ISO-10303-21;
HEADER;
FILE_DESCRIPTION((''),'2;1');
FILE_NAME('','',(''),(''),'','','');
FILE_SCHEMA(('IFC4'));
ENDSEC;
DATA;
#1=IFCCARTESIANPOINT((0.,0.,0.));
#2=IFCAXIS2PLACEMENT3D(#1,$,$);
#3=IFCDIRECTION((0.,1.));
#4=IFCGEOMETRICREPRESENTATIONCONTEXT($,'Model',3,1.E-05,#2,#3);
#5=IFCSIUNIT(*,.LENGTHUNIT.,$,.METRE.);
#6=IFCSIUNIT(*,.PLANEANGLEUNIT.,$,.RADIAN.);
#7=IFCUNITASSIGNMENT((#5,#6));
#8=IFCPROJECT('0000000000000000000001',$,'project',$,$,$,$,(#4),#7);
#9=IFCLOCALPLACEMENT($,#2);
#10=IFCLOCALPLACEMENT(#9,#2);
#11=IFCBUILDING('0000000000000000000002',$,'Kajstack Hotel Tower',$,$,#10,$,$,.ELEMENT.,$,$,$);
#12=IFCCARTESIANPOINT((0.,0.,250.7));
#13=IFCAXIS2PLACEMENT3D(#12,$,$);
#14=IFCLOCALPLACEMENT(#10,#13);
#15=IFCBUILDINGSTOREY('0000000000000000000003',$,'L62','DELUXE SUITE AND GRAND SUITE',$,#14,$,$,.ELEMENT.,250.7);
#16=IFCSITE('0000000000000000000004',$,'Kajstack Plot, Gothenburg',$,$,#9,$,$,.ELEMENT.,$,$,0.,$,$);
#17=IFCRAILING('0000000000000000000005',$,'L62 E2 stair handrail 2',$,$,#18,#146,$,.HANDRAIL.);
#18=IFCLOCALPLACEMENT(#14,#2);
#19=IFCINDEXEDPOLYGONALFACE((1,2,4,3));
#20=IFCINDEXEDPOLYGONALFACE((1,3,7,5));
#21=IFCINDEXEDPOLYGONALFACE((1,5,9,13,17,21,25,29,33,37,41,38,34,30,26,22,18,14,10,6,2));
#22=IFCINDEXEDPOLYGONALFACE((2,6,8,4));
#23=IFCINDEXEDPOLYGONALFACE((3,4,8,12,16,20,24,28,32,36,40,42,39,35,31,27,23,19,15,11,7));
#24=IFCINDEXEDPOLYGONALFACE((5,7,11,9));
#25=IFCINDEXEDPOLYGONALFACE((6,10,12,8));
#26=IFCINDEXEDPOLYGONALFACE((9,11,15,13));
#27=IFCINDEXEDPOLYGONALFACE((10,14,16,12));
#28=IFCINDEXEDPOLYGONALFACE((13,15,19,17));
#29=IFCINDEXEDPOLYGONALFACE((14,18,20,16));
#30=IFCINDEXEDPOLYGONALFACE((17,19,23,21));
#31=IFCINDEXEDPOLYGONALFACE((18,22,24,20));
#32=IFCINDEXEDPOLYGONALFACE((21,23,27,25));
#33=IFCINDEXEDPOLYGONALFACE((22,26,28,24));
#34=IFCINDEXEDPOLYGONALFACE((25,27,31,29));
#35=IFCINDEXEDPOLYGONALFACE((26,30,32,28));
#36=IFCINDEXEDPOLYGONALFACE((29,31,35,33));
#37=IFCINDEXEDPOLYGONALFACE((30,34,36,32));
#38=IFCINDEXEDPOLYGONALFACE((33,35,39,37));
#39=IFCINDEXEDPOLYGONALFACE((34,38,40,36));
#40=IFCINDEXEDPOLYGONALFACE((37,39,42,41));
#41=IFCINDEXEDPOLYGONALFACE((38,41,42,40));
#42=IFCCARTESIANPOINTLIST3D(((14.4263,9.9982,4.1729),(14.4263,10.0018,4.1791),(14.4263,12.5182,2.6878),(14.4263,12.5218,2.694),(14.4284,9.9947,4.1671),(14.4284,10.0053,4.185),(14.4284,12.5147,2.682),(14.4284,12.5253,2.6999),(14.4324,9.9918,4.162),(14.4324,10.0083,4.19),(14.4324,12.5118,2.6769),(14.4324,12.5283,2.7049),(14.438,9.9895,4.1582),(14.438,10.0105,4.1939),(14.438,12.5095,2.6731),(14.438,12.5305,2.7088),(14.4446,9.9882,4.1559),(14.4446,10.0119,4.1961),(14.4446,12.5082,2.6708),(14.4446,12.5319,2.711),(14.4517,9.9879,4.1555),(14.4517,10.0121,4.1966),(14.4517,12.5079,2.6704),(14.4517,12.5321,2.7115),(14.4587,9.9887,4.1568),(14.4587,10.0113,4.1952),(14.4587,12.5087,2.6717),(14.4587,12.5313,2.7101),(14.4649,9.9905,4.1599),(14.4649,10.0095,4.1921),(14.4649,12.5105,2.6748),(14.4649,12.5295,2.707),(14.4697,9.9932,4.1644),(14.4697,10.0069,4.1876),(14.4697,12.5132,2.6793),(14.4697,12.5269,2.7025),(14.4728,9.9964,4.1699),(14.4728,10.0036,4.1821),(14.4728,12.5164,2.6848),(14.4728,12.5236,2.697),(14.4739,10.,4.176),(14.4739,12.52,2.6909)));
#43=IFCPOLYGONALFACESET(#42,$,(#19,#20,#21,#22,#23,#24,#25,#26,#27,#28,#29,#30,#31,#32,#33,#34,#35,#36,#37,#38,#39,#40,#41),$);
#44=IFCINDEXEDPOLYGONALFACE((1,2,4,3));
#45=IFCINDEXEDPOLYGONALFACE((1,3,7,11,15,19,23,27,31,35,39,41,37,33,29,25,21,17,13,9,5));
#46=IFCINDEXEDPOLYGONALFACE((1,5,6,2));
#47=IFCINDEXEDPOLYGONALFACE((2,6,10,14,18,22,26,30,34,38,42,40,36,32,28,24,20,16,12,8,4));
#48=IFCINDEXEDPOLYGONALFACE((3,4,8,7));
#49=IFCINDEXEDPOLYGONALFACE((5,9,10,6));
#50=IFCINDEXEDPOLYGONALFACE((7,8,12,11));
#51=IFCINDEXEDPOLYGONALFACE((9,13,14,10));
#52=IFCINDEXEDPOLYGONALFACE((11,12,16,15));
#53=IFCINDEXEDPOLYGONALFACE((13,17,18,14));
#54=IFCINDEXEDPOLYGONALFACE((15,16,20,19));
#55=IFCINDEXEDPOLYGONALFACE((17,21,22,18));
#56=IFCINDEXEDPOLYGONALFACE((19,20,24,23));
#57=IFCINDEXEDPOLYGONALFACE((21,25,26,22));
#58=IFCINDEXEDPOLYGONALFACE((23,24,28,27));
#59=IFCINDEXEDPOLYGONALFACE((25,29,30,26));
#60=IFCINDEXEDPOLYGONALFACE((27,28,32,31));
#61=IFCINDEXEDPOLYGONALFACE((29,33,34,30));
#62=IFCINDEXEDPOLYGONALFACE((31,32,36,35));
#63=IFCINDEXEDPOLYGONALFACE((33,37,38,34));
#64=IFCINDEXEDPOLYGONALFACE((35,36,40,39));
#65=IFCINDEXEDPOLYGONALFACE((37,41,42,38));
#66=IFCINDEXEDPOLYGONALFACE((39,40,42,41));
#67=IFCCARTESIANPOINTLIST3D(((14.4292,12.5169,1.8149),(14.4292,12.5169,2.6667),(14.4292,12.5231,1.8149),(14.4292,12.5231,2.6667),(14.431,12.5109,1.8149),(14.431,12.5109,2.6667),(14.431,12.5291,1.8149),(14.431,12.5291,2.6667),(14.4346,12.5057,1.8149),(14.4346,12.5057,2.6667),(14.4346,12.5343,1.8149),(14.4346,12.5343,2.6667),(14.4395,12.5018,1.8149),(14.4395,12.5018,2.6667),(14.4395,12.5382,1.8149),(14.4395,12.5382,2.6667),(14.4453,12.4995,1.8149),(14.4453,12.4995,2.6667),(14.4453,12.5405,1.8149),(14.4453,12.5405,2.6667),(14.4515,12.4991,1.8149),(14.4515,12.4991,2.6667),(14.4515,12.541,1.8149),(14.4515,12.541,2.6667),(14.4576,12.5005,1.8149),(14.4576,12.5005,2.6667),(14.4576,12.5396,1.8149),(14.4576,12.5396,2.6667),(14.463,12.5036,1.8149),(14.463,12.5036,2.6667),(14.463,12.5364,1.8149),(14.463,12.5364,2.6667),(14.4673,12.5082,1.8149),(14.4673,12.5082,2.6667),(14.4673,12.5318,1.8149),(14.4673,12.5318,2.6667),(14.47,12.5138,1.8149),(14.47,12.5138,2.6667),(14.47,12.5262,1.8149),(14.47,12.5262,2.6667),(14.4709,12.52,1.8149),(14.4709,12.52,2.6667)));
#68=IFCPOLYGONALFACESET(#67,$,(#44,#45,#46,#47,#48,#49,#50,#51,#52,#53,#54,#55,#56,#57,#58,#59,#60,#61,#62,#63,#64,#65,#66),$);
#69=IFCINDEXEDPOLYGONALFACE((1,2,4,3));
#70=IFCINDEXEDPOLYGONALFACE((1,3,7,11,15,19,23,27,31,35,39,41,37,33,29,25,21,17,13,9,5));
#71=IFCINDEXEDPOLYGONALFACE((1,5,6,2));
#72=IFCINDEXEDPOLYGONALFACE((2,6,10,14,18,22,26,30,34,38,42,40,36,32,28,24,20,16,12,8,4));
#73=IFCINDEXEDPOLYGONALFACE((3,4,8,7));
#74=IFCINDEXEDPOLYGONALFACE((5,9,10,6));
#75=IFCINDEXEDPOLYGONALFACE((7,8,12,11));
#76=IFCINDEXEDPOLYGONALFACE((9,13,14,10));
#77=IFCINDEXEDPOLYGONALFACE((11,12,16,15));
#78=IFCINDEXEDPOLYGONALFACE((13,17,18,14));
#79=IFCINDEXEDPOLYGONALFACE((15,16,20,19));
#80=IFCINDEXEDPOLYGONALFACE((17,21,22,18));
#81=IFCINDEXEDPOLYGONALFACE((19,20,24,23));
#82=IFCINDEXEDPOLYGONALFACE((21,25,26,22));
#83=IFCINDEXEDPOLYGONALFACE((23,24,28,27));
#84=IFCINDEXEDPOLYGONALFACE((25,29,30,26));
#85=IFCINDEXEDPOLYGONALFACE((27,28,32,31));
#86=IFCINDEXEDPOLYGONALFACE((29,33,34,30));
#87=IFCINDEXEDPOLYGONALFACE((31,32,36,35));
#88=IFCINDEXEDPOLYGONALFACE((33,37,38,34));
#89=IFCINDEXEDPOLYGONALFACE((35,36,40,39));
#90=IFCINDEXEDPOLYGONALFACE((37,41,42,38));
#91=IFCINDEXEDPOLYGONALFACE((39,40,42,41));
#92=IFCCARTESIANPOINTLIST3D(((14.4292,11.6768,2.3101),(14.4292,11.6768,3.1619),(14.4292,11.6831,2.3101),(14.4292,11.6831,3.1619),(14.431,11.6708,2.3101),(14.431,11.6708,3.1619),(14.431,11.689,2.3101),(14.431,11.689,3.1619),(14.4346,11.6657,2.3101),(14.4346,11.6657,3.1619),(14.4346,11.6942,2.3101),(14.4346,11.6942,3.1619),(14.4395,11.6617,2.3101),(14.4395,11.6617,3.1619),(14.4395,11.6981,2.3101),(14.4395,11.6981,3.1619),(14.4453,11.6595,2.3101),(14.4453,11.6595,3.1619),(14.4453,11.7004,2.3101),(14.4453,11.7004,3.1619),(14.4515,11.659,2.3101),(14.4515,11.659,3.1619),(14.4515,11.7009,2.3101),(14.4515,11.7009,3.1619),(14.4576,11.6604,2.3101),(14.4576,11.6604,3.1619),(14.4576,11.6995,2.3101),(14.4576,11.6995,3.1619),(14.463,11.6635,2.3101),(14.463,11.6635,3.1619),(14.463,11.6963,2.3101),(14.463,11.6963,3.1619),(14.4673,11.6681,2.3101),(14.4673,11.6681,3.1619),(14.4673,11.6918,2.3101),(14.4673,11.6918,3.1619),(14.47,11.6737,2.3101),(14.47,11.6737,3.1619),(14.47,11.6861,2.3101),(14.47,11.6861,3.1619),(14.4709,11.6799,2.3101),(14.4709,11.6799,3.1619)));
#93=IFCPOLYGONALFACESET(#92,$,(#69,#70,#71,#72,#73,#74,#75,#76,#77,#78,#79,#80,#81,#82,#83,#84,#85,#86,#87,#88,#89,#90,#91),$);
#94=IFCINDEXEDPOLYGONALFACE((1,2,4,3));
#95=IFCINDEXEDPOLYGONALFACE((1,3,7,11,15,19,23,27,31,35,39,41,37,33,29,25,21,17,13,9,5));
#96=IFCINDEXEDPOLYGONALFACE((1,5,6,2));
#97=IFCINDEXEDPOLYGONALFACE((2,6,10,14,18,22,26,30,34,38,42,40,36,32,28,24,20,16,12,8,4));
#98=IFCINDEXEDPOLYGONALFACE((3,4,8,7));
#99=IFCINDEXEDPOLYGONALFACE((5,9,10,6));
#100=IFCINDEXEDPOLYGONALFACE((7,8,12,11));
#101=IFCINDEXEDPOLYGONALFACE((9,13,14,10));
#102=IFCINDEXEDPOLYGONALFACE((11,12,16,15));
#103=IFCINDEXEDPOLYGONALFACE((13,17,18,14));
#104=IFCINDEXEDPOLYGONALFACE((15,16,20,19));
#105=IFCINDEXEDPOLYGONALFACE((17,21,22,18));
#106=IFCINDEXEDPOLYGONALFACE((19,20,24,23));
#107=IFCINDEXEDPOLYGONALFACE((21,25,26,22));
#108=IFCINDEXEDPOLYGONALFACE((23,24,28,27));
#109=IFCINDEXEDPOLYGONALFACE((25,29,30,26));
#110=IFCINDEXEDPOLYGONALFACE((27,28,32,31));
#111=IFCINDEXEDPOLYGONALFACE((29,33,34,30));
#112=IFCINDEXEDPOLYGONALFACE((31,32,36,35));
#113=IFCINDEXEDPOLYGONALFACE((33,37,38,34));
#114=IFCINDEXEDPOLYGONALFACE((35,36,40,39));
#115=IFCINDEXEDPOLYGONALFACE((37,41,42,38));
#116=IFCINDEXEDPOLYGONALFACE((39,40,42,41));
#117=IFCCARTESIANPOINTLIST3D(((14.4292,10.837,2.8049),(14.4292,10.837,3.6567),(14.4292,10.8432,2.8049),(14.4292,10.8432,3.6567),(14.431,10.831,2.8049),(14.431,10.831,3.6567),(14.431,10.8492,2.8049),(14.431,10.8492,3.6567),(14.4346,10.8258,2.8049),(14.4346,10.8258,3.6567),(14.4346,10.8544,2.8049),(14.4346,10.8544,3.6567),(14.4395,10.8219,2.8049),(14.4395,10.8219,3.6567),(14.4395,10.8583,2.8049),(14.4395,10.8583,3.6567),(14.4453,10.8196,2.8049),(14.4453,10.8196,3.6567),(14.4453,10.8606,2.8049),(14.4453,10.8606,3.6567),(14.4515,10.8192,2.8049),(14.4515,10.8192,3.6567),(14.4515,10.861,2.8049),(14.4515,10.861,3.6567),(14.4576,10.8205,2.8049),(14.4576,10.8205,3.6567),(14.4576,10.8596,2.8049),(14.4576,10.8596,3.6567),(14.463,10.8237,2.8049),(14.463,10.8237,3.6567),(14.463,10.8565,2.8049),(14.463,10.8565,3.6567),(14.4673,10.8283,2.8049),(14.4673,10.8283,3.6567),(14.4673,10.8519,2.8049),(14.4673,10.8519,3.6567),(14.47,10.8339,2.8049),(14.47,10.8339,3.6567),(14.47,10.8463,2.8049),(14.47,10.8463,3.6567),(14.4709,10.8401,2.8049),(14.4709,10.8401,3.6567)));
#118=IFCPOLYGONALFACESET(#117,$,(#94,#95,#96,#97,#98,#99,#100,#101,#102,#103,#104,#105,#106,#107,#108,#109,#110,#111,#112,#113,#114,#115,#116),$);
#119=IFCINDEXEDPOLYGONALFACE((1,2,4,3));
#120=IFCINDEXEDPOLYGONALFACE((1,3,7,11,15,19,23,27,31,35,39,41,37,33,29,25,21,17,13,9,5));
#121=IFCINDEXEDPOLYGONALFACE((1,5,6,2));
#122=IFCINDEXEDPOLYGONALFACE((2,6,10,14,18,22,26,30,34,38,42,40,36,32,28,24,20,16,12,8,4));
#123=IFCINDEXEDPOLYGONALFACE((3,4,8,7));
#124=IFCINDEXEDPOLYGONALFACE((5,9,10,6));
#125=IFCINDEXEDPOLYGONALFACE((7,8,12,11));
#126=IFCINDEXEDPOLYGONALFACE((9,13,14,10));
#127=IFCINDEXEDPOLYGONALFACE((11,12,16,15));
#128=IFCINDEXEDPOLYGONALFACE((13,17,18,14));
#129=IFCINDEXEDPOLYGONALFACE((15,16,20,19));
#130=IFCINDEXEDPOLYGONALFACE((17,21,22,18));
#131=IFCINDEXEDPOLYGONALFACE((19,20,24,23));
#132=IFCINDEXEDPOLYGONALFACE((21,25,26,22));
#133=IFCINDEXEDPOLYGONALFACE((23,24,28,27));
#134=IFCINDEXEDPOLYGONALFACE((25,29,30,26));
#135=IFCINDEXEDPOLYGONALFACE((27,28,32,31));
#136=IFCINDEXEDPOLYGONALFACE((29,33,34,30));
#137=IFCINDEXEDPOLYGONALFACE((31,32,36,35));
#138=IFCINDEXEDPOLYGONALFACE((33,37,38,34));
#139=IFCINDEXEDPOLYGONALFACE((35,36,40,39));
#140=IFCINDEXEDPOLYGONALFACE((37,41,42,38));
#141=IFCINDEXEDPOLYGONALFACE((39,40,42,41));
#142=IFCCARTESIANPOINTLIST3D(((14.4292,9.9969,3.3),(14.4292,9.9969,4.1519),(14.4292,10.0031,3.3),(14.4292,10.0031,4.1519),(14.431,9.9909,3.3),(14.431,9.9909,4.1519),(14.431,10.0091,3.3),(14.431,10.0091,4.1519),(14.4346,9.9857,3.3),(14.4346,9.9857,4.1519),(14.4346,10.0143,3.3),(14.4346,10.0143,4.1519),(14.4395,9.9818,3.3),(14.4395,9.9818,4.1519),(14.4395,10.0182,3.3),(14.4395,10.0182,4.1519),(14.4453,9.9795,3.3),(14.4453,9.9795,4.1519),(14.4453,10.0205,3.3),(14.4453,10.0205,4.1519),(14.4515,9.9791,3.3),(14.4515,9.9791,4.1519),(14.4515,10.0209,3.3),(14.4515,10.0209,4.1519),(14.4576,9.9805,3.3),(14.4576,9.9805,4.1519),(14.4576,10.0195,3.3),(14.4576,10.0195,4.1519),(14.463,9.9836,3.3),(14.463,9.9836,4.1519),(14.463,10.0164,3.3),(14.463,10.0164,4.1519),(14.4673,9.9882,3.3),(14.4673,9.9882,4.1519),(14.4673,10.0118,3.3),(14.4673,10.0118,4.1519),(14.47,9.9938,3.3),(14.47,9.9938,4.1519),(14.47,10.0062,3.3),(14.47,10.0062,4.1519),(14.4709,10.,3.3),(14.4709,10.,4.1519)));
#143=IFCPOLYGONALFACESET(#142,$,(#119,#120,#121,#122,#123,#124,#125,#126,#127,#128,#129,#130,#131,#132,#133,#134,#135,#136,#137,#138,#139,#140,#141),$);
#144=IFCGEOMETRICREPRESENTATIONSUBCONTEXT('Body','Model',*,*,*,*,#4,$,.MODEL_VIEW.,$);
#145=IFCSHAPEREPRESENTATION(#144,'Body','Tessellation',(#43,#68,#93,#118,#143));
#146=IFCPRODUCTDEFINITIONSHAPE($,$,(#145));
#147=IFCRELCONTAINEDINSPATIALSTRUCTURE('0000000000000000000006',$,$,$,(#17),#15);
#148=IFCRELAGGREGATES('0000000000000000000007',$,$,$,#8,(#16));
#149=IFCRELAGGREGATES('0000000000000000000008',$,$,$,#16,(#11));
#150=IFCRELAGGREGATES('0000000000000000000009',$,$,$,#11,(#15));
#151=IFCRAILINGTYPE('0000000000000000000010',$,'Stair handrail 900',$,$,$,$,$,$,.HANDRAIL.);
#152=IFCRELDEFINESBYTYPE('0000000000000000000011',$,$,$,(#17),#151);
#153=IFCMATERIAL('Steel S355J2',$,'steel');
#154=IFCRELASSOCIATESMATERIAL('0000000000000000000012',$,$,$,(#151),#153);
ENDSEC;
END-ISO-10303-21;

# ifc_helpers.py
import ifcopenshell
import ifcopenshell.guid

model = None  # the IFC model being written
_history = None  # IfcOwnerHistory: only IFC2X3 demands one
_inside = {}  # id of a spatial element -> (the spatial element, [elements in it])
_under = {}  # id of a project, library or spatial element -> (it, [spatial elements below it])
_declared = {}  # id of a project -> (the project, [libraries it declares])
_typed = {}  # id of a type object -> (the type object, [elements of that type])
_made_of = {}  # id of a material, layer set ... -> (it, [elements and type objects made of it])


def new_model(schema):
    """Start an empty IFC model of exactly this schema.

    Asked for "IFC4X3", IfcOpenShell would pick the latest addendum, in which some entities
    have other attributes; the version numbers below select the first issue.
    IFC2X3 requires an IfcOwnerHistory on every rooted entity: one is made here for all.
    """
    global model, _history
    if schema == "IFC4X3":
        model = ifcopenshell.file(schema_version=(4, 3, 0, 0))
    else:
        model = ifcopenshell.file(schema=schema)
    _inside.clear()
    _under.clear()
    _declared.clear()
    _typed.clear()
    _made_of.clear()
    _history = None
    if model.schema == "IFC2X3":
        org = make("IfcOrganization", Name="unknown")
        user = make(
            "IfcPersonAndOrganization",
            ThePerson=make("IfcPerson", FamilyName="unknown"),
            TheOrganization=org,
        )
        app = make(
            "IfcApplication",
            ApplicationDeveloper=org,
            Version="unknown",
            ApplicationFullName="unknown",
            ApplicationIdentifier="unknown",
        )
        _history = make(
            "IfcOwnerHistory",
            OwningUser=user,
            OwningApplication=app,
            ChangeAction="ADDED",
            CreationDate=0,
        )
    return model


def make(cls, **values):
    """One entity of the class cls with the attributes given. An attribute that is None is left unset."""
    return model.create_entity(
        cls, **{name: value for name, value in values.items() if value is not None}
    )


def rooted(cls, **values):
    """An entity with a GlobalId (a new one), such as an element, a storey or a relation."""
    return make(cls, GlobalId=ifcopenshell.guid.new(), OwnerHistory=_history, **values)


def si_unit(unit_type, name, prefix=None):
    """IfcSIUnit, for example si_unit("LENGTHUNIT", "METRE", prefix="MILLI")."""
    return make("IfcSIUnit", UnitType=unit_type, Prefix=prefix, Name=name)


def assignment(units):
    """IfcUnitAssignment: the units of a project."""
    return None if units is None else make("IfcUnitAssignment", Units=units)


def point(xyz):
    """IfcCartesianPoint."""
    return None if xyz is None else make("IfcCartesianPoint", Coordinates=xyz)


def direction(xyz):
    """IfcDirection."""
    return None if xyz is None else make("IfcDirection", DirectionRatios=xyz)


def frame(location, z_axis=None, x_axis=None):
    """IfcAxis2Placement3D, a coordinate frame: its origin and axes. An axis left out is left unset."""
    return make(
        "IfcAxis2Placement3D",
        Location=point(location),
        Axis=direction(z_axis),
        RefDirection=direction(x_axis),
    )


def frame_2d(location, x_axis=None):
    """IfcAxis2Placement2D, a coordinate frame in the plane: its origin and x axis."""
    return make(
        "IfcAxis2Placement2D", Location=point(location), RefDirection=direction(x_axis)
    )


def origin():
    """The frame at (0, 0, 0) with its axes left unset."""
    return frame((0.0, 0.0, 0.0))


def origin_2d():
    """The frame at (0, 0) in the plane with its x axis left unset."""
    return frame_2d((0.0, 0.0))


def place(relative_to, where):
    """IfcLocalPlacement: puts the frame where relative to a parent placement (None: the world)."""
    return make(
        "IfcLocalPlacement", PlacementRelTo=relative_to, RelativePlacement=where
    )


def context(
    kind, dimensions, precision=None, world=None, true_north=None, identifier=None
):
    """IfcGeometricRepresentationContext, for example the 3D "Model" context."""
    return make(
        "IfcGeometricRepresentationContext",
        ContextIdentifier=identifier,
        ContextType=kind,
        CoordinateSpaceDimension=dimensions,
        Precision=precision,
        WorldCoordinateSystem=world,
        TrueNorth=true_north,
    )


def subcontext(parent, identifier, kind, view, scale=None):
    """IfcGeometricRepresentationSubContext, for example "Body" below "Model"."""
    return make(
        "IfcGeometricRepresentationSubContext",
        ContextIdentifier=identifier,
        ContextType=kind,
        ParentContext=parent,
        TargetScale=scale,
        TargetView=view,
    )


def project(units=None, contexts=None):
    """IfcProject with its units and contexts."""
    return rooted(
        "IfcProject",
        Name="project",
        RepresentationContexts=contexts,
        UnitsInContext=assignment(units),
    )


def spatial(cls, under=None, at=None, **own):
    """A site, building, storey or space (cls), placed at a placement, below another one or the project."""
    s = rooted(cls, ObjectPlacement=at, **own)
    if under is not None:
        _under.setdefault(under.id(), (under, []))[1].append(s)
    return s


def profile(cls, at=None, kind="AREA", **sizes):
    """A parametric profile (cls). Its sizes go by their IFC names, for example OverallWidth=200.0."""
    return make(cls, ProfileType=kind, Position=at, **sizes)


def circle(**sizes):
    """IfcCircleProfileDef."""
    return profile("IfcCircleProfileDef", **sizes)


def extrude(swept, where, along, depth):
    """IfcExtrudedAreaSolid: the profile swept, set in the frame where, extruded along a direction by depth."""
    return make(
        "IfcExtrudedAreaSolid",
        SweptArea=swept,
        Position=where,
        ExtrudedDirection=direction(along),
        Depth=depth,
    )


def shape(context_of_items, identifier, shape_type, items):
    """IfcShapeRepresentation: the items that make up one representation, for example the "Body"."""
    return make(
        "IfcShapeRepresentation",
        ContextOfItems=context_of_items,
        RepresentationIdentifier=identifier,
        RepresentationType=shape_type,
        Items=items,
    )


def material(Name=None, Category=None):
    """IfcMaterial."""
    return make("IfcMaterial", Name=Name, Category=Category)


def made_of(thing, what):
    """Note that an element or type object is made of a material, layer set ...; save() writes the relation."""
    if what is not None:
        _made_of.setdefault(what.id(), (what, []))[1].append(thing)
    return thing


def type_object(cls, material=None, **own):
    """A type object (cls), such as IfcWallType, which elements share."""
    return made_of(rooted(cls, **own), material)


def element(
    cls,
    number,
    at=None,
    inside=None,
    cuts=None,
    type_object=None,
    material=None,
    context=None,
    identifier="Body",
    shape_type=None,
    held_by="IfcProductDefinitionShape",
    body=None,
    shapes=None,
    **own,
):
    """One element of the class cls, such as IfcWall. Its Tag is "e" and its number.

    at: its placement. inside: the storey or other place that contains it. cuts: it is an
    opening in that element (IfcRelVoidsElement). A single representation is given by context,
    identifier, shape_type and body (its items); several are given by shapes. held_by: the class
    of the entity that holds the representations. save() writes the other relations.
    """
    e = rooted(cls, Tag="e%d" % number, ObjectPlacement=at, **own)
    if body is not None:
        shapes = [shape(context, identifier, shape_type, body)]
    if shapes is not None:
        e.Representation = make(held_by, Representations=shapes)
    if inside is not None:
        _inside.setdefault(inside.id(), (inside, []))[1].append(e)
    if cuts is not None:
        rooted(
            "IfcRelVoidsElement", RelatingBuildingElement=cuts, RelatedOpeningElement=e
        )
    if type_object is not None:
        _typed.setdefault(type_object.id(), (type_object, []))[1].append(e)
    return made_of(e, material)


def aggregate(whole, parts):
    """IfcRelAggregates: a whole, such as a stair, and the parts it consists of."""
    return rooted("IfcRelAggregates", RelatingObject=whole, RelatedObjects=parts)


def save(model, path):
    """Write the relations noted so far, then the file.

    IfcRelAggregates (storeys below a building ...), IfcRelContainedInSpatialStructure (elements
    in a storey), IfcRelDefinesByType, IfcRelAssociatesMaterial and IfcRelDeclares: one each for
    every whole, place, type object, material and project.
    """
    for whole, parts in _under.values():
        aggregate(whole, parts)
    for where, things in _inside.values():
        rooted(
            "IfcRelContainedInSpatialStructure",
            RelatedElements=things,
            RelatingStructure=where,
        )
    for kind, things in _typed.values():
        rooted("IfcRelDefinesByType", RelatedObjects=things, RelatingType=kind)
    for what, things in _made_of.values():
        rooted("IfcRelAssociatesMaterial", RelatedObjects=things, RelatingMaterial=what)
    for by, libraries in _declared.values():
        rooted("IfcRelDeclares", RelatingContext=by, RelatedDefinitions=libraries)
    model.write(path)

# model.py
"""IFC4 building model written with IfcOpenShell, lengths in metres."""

from ifc_helpers import new_model, si_unit, direction, frame, origin, origin_2d, place, context, subcontext, project, spatial, circle, extrude, material, type_object, element, save


model = new_model("IFC4")

# Units and contexts
model_context = context("Model", 3, precision=1e-05, world=origin(), true_north=direction((0.0, 1.0)))
body_context = subcontext(model_context, "Body", "Model", "MODEL_VIEW")
ifc_project = project(units=[si_unit("LENGTHUNIT", "METRE"), si_unit("PLANEANGLEUNIT", "RADIAN")], contexts=[model_context])

# Site, building, storey
site_placement = place(None, origin())
site = spatial("IfcSite", under=ifc_project, at=site_placement, Name="Kajstack Plot, Gothenburg", CompositionType="ELEMENT", RefElevation=0.0)
building_placement = place(site_placement, origin())
building = spatial("IfcBuilding", under=site, at=building_placement, Name="Kajstack Hotel Tower", CompositionType="ELEMENT")
storey_placement = place(building_placement, frame((0.0, 0.0, 250.7)))
storey = spatial("IfcBuildingStorey", under=building, at=storey_placement, Name="L62", Description="DELUXE SUITE AND GRAND SUITE", CompositionType="ELEMENT", Elevation=250.7)

# Railing
ifc_material_1 = material(Name="Steel S355J2", Category="steel")
railing_type = type_object("IfcRailingType", Name="Stair handrail 900", PredefinedType="HANDRAIL", material=ifc_material_1)
railing_placement = place(storey_placement, frame((14.45, 12.52, 1.8149)))
element("IfcRailing", 1, at=railing_placement, inside=storey, type_object=railing_type, Name="L62 E2 stair handrail 2", PredefinedType="HANDRAIL", context=body_context, shape_type="SweptSolid", body=[
    extrude(circle(Radius=0.0239, at=origin_2d()), frame((0.0, 0.0, 0.876), z_axis=(0.0, -0.861524, 0.507717), x_axis=(1.0, 0.0, 0.0)), (0.0, 0.0, 1.0), 2.925),
    extrude(circle(Radius=0.021, at=origin_2d()), origin(), (0.0, 0.0, 1.0), 0.8518),
    extrude(circle(Radius=0.021, at=origin_2d()), frame((0.0, -0.8401, 0.4951)), (0.0, 0.0, 1.0), 0.8518),
    extrude(circle(Radius=0.021, at=origin_2d()), frame((0.0, -1.6799, 0.99)), (0.0, 0.0, 1.0), 0.8518),
    extrude(circle(Radius=0.021, at=origin_2d()), frame((0.0, -2.52, 1.4851)), (0.0, 0.0, 1.0), 0.8518),
])

save(model, "model.ifc")
